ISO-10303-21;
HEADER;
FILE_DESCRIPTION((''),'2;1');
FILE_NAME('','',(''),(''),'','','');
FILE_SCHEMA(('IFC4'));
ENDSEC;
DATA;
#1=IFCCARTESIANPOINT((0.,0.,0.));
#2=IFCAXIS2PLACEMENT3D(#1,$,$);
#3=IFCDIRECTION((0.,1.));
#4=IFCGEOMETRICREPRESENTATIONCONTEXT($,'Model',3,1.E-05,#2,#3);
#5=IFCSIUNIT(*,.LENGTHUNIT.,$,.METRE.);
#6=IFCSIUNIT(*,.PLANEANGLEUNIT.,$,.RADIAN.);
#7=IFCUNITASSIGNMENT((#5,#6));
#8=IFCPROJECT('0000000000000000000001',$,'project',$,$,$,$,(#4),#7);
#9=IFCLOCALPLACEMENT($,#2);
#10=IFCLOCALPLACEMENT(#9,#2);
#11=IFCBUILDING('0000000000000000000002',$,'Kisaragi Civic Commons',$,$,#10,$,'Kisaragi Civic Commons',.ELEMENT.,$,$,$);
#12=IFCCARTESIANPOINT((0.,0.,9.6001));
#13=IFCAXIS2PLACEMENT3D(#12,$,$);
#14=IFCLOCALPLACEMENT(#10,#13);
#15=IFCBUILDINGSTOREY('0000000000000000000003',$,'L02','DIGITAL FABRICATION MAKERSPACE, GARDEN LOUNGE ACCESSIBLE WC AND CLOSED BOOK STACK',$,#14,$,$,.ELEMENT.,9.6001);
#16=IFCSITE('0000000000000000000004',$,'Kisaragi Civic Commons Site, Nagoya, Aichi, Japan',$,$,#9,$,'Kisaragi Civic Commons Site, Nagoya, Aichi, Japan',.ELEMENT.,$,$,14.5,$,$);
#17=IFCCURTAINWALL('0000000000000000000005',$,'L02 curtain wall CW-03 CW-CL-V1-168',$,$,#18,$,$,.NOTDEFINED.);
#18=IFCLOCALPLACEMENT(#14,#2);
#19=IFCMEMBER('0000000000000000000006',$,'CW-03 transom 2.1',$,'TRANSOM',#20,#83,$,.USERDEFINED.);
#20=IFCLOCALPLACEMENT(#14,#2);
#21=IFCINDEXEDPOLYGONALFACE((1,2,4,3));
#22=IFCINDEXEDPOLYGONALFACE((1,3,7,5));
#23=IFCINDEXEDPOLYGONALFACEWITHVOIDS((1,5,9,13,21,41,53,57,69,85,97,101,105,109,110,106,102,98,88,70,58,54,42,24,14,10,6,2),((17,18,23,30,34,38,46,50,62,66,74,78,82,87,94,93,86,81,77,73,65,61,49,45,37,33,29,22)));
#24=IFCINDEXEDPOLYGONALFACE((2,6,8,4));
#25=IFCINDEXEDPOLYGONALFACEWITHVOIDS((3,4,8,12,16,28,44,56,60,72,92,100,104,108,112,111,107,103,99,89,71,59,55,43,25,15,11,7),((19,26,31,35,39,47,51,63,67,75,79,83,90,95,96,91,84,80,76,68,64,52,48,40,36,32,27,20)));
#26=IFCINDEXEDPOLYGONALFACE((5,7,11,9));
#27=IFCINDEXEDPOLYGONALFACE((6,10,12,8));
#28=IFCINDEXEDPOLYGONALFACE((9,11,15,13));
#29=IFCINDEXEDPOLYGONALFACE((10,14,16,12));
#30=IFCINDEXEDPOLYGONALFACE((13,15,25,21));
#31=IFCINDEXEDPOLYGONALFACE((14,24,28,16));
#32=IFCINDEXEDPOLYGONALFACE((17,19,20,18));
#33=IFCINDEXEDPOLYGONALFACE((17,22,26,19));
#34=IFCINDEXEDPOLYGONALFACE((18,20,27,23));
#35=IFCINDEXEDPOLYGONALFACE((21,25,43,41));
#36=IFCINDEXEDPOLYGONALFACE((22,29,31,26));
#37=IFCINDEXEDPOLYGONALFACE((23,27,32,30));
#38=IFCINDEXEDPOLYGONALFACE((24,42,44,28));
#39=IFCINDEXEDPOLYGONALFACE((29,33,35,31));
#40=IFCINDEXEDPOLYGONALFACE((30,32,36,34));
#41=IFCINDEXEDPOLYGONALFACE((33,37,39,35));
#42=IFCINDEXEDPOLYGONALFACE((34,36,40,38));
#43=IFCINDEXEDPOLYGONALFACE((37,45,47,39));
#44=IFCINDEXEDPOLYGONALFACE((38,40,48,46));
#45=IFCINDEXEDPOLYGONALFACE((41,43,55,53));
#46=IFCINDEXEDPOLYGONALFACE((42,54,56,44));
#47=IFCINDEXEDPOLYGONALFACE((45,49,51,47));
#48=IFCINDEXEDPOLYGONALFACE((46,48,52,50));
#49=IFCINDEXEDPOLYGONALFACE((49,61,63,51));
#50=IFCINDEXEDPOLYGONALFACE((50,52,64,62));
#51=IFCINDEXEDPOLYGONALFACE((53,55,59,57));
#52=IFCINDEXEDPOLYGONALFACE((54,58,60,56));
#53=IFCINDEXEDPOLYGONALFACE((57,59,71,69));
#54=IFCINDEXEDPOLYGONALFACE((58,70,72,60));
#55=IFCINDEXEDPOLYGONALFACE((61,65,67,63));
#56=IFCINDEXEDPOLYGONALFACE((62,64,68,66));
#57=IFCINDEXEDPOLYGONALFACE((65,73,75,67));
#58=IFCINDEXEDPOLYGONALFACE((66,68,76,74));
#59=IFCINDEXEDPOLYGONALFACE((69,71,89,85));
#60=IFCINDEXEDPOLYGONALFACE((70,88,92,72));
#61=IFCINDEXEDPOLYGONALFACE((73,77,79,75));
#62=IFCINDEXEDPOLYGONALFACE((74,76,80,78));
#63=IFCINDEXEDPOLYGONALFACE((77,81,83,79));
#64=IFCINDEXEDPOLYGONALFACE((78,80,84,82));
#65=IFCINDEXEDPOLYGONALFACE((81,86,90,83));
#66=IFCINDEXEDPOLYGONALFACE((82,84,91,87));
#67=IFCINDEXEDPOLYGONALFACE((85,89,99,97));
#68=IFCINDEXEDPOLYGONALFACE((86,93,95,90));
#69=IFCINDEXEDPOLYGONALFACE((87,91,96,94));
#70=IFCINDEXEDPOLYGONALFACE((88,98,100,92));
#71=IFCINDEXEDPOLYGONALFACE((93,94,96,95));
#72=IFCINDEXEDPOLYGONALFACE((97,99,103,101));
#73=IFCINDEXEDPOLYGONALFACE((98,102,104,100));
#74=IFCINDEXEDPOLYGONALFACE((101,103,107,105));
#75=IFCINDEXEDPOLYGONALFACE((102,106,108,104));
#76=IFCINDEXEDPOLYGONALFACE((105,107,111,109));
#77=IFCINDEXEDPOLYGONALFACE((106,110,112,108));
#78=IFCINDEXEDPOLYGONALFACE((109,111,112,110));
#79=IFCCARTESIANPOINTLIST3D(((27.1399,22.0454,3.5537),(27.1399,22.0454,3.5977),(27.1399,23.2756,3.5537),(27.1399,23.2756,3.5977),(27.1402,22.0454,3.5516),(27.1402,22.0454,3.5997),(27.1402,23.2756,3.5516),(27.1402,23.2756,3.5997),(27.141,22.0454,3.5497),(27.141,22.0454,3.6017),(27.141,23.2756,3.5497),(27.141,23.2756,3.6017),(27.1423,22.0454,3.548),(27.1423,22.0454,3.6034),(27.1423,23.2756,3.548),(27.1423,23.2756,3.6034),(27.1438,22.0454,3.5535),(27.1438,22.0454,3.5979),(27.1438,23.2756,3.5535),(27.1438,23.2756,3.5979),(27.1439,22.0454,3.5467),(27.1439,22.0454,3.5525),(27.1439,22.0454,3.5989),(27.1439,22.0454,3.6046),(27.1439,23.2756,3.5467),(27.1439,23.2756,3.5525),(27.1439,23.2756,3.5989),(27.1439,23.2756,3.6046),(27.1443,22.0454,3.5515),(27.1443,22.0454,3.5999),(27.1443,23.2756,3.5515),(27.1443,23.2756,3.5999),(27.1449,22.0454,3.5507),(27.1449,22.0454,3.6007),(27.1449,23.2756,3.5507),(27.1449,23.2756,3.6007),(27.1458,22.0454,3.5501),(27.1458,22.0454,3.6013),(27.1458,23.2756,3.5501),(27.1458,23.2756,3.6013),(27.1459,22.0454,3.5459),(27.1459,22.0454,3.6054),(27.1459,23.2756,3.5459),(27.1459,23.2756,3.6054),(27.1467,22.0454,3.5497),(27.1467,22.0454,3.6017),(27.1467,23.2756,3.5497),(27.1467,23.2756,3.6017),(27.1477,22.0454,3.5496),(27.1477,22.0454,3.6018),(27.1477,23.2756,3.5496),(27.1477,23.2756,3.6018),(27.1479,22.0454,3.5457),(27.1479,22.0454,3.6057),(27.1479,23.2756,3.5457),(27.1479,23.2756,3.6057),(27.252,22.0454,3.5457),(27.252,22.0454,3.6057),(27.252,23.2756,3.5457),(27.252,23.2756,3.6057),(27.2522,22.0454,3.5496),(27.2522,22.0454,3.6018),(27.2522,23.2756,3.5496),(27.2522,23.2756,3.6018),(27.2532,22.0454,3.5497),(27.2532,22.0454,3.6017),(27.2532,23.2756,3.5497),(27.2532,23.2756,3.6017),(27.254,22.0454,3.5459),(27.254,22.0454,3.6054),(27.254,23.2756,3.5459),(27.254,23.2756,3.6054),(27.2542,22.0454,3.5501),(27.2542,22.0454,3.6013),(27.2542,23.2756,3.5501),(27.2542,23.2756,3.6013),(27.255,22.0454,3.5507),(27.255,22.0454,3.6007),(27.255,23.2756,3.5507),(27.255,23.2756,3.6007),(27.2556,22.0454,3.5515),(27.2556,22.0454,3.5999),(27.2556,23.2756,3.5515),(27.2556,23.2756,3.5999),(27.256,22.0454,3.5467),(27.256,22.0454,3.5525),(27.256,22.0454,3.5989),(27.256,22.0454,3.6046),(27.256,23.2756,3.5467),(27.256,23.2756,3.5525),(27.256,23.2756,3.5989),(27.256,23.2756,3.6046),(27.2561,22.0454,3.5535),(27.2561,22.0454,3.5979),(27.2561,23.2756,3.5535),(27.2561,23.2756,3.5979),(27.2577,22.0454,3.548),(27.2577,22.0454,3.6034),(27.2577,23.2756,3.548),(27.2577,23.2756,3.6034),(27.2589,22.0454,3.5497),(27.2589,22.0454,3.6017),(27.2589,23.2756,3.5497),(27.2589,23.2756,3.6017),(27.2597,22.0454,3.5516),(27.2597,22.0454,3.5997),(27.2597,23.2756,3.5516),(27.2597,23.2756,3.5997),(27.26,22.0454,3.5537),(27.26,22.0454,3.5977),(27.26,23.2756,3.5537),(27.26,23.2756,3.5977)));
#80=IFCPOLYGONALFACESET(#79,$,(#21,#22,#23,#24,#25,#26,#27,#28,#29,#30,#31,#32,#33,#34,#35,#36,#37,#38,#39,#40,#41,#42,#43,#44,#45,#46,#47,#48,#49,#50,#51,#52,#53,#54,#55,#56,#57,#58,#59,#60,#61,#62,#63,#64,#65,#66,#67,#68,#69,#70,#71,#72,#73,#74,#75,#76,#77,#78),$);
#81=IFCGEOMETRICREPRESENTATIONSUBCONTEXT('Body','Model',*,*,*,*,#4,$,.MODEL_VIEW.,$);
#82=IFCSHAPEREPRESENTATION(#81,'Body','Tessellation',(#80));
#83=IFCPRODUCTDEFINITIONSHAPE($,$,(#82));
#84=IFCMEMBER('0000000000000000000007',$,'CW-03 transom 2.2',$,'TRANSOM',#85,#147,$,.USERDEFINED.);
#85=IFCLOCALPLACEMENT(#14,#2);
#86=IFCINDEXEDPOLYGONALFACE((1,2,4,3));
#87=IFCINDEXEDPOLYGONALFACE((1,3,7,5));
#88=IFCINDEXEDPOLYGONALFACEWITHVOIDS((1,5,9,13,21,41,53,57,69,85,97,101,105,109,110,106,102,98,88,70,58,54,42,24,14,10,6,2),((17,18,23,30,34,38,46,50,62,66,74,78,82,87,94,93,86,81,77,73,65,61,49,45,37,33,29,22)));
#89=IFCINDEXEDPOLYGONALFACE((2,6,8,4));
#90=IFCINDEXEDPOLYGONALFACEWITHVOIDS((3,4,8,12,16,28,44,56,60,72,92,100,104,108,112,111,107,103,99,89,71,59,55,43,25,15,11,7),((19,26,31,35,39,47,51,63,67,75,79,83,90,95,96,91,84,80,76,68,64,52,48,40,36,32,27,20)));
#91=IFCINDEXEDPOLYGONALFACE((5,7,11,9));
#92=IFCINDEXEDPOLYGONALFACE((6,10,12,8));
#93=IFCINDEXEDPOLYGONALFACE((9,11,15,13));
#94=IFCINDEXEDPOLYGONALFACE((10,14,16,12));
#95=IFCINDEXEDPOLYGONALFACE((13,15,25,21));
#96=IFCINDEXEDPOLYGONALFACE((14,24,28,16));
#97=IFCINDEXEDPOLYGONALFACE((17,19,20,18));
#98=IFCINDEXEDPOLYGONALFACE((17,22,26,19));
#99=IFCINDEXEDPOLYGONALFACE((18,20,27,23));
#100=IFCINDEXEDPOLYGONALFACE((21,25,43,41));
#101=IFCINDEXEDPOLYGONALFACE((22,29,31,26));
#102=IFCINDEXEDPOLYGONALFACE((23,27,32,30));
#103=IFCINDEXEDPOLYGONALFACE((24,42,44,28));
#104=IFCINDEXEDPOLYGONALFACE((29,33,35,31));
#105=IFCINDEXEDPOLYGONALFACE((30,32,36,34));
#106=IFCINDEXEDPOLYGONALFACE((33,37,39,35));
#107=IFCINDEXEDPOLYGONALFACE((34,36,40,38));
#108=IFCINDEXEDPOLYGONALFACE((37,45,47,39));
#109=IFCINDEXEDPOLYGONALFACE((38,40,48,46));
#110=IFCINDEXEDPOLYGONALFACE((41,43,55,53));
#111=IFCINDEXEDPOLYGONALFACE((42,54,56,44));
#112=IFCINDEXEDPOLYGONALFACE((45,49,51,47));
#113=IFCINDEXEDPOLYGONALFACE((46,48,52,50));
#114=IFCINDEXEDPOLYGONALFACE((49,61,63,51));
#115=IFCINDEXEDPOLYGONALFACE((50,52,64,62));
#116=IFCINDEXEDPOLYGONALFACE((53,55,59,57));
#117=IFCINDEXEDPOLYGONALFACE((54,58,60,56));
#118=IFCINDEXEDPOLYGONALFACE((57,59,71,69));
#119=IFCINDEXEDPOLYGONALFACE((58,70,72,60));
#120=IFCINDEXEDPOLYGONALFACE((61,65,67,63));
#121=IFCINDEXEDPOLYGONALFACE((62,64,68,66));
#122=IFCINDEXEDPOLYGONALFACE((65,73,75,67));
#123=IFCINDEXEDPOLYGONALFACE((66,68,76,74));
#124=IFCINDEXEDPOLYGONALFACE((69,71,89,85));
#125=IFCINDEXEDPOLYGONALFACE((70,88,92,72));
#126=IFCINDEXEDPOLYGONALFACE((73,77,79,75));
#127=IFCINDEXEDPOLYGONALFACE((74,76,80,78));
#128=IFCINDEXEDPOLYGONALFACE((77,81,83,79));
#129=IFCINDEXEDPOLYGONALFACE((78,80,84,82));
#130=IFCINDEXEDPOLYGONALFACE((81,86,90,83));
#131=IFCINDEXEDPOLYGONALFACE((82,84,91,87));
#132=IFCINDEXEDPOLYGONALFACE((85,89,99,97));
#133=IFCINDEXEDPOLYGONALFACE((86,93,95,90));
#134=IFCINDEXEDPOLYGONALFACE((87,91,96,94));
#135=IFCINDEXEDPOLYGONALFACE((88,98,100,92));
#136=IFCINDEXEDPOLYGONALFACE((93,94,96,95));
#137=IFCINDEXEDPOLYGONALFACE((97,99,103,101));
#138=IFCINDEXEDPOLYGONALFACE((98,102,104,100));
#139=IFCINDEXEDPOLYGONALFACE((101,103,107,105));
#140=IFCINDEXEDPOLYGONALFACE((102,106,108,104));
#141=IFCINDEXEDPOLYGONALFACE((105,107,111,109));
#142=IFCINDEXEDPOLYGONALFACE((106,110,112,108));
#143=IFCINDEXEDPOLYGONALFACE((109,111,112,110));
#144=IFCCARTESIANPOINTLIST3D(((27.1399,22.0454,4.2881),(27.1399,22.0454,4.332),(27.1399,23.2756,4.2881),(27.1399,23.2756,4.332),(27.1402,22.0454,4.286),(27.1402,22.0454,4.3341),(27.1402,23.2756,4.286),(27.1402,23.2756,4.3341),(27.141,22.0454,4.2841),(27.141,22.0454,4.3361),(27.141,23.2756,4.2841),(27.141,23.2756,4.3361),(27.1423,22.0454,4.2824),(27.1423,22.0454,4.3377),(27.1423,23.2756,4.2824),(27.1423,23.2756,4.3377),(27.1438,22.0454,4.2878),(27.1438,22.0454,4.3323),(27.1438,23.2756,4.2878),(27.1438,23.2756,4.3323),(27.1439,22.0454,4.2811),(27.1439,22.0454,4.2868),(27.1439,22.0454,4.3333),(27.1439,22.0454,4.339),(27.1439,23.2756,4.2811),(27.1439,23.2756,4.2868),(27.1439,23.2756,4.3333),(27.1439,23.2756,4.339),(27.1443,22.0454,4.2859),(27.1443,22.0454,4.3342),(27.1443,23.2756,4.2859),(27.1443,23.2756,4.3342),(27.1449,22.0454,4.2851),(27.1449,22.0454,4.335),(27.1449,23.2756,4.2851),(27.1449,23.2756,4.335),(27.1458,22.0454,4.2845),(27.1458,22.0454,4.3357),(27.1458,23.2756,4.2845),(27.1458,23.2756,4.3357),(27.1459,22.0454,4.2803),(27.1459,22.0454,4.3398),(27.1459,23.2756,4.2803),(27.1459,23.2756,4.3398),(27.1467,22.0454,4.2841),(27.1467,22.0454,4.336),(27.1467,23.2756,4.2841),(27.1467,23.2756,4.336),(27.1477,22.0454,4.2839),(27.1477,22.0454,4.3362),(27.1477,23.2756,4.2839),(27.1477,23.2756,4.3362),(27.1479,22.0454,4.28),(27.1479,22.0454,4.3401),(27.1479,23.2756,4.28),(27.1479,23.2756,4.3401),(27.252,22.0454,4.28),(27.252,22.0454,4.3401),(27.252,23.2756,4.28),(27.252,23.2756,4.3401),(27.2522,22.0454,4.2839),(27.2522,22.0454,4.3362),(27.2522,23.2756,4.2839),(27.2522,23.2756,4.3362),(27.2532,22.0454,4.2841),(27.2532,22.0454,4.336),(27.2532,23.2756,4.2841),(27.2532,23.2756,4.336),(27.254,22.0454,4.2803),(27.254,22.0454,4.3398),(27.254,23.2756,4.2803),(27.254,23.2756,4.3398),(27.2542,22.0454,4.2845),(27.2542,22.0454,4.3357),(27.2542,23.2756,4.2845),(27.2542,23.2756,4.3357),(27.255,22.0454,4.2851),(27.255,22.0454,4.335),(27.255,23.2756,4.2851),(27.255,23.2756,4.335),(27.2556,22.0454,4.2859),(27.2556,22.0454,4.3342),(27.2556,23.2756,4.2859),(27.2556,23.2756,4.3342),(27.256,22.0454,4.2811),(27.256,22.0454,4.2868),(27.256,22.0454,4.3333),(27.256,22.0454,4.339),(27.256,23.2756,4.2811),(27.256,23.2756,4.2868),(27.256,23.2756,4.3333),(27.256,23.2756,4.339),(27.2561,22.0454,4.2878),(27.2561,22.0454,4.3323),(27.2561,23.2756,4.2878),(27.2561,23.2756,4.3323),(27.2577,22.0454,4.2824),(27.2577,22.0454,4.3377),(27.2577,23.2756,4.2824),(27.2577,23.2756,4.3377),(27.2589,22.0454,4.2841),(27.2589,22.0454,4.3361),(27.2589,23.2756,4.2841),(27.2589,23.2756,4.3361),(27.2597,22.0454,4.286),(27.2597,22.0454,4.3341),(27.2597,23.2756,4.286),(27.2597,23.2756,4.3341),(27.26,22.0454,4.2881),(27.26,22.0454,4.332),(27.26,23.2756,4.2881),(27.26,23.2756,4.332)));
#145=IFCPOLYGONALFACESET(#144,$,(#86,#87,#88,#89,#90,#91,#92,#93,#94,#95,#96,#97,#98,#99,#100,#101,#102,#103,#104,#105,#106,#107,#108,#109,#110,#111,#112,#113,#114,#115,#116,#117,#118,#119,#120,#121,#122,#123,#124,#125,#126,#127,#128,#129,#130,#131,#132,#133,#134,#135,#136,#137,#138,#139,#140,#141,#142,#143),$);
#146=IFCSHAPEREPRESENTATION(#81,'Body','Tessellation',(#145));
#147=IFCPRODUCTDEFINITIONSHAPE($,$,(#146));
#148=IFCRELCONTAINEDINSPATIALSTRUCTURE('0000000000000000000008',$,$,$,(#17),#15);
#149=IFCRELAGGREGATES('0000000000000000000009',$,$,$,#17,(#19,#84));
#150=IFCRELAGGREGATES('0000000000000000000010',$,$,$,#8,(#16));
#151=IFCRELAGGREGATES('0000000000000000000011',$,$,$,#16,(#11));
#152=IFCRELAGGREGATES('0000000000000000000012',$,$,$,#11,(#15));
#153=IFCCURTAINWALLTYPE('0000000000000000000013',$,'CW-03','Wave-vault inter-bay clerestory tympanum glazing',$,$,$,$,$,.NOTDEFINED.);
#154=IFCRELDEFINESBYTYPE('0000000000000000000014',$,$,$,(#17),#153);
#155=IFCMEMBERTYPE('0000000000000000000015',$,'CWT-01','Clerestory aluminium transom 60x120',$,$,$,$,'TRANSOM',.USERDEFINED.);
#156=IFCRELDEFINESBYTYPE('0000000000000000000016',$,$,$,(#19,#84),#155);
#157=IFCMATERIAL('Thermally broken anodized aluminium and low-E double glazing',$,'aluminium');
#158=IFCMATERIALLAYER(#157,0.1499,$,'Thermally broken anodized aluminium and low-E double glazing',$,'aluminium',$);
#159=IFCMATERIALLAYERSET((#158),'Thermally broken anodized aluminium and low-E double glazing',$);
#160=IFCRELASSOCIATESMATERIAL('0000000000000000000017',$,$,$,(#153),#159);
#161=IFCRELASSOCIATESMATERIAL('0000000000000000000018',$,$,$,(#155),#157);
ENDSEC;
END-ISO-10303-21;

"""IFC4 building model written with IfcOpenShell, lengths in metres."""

from ifc_helpers import new_model, si_unit, direction, frame, origin, origin_2d, place, context, subcontext, project, spatial, hollow_rectangle, extrude, material, layer, layer_set, material_profile, profile_set, type_object, element, aggregate, save


model = new_model("IFC4")

# Units and contexts
model_context = context("Model", 3, precision=1e-05, world=origin(), true_north=direction((0.0, 1.0)))
body_context = subcontext(model_context, "Body", "Model", "MODEL_VIEW")
ifc_project = project(units=[si_unit("LENGTHUNIT", "METRE"), si_unit("PLANEANGLEUNIT", "RADIAN")], contexts=[model_context])

# Site, building, storey
site_placement = place(None, origin())
site = spatial("IfcSite", under=ifc_project, at=site_placement, Name="Kisaragi Civic Commons Site, Nagoya, Aichi, Japan", LongName="Kisaragi Civic Commons Site, Nagoya, Aichi, Japan", CompositionType="ELEMENT", RefElevation=14.5)
building_placement = place(site_placement, origin())
building = spatial("IfcBuilding", under=site, at=building_placement, Name="Kisaragi Civic Commons", LongName="Kisaragi Civic Commons", CompositionType="ELEMENT")
storey_placement = place(building_placement, frame((0.0, 0.0, 9.6001)))
storey = spatial("IfcBuildingStorey", under=building, at=storey_placement, Name="L02", Description="DIGITAL FABRICATION MAKERSPACE, GARDEN LOUNGE ACCESSIBLE WC AND CLOSED BOOK STACK", CompositionType="ELEMENT", Elevation=9.6001)

# Curtain wall, members
ifc_material_1 = material(Name="Thermally broken anodized aluminium and low-E double glazing", Category="aluminium")
ifc_layer_1 = layer(ifc_material_1, 0.1499, Name="Thermally broken anodized aluminium and low-E double glazing", Category="aluminium")
ifc_layer_set_1 = layer_set([ifc_layer_1], Name="Thermally broken anodized aluminium and low-E double glazing")
curtain_wall_type = type_object("IfcCurtainWallType", Name="CW-03", Description="Wave-vault inter-bay clerestory tympanum glazing", PredefinedType="NOTDEFINED", material=ifc_layer_set_1)
curtain_wall_placement = place(storey_placement, origin())
curtain_wall = element("IfcCurtainWall", 1, at=curtain_wall_placement, inside=storey, type_object=curtain_wall_type, Name="L02 curtain wall CW-03 CW-CL-V1-168", PredefinedType="NOTDEFINED")
ifc_material_profile_1 = material_profile(ifc_material_1, hollow_rectangle(XDim=0.1201, YDim=0.0601, WallThickness=0.0039, InnerFilletRadius=0.0039, OuterFilletRadius=0.0081, at=origin_2d()), Name="CWT-60x120x4", Category="aluminium")
ifc_profile_set_1 = profile_set([ifc_material_profile_1], Name="Thermally broken anodized aluminium and low-E double glazing")
member_type_1 = type_object("IfcMemberType", Name="CWT-01", Description="Clerestory aluminium transom 60x120", ElementType="TRANSOM", PredefinedType="USERDEFINED", material=ifc_profile_set_1)
member_1_placement = place(storey_placement, frame((27.2, 22.0454, 3.5757), z_axis=(0.0, 1.0, 0.0), x_axis=(-1.0, 0.0, 0.0)))
member_1 = element("IfcMember", 2, at=member_1_placement, type_object=member_type_1, Name="CW-03 transom 2.1", ObjectType="TRANSOM", PredefinedType="USERDEFINED", context=body_context, shape_type="SweptSolid", body=[
    extrude(hollow_rectangle(XDim=0.1201, YDim=0.0601, WallThickness=0.0039, InnerFilletRadius=0.0039, OuterFilletRadius=0.0081, at=origin_2d()), origin(), (0.0, 0.0, 1.0), 1.2302),
])
member_2_placement = place(storey_placement, frame((27.2, 22.0454, 4.3101), z_axis=(0.0, 1.0, 0.0), x_axis=(-1.0, 0.0, 0.0)))
member_2 = element("IfcMember", 3, at=member_2_placement, type_object=member_type_1, Name="CW-03 transom 2.2", ObjectType="TRANSOM", PredefinedType="USERDEFINED", context=body_context, shape_type="SweptSolid", body=[
    extrude(hollow_rectangle(XDim=0.1201, YDim=0.0601, WallThickness=0.0039, InnerFilletRadius=0.0039, OuterFilletRadius=0.0081, at=origin_2d()), origin(), (0.0, 0.0, 1.0), 1.2302),
])

aggregate(curtain_wall, [member_1, member_2])

save(model, "model.ifc")
